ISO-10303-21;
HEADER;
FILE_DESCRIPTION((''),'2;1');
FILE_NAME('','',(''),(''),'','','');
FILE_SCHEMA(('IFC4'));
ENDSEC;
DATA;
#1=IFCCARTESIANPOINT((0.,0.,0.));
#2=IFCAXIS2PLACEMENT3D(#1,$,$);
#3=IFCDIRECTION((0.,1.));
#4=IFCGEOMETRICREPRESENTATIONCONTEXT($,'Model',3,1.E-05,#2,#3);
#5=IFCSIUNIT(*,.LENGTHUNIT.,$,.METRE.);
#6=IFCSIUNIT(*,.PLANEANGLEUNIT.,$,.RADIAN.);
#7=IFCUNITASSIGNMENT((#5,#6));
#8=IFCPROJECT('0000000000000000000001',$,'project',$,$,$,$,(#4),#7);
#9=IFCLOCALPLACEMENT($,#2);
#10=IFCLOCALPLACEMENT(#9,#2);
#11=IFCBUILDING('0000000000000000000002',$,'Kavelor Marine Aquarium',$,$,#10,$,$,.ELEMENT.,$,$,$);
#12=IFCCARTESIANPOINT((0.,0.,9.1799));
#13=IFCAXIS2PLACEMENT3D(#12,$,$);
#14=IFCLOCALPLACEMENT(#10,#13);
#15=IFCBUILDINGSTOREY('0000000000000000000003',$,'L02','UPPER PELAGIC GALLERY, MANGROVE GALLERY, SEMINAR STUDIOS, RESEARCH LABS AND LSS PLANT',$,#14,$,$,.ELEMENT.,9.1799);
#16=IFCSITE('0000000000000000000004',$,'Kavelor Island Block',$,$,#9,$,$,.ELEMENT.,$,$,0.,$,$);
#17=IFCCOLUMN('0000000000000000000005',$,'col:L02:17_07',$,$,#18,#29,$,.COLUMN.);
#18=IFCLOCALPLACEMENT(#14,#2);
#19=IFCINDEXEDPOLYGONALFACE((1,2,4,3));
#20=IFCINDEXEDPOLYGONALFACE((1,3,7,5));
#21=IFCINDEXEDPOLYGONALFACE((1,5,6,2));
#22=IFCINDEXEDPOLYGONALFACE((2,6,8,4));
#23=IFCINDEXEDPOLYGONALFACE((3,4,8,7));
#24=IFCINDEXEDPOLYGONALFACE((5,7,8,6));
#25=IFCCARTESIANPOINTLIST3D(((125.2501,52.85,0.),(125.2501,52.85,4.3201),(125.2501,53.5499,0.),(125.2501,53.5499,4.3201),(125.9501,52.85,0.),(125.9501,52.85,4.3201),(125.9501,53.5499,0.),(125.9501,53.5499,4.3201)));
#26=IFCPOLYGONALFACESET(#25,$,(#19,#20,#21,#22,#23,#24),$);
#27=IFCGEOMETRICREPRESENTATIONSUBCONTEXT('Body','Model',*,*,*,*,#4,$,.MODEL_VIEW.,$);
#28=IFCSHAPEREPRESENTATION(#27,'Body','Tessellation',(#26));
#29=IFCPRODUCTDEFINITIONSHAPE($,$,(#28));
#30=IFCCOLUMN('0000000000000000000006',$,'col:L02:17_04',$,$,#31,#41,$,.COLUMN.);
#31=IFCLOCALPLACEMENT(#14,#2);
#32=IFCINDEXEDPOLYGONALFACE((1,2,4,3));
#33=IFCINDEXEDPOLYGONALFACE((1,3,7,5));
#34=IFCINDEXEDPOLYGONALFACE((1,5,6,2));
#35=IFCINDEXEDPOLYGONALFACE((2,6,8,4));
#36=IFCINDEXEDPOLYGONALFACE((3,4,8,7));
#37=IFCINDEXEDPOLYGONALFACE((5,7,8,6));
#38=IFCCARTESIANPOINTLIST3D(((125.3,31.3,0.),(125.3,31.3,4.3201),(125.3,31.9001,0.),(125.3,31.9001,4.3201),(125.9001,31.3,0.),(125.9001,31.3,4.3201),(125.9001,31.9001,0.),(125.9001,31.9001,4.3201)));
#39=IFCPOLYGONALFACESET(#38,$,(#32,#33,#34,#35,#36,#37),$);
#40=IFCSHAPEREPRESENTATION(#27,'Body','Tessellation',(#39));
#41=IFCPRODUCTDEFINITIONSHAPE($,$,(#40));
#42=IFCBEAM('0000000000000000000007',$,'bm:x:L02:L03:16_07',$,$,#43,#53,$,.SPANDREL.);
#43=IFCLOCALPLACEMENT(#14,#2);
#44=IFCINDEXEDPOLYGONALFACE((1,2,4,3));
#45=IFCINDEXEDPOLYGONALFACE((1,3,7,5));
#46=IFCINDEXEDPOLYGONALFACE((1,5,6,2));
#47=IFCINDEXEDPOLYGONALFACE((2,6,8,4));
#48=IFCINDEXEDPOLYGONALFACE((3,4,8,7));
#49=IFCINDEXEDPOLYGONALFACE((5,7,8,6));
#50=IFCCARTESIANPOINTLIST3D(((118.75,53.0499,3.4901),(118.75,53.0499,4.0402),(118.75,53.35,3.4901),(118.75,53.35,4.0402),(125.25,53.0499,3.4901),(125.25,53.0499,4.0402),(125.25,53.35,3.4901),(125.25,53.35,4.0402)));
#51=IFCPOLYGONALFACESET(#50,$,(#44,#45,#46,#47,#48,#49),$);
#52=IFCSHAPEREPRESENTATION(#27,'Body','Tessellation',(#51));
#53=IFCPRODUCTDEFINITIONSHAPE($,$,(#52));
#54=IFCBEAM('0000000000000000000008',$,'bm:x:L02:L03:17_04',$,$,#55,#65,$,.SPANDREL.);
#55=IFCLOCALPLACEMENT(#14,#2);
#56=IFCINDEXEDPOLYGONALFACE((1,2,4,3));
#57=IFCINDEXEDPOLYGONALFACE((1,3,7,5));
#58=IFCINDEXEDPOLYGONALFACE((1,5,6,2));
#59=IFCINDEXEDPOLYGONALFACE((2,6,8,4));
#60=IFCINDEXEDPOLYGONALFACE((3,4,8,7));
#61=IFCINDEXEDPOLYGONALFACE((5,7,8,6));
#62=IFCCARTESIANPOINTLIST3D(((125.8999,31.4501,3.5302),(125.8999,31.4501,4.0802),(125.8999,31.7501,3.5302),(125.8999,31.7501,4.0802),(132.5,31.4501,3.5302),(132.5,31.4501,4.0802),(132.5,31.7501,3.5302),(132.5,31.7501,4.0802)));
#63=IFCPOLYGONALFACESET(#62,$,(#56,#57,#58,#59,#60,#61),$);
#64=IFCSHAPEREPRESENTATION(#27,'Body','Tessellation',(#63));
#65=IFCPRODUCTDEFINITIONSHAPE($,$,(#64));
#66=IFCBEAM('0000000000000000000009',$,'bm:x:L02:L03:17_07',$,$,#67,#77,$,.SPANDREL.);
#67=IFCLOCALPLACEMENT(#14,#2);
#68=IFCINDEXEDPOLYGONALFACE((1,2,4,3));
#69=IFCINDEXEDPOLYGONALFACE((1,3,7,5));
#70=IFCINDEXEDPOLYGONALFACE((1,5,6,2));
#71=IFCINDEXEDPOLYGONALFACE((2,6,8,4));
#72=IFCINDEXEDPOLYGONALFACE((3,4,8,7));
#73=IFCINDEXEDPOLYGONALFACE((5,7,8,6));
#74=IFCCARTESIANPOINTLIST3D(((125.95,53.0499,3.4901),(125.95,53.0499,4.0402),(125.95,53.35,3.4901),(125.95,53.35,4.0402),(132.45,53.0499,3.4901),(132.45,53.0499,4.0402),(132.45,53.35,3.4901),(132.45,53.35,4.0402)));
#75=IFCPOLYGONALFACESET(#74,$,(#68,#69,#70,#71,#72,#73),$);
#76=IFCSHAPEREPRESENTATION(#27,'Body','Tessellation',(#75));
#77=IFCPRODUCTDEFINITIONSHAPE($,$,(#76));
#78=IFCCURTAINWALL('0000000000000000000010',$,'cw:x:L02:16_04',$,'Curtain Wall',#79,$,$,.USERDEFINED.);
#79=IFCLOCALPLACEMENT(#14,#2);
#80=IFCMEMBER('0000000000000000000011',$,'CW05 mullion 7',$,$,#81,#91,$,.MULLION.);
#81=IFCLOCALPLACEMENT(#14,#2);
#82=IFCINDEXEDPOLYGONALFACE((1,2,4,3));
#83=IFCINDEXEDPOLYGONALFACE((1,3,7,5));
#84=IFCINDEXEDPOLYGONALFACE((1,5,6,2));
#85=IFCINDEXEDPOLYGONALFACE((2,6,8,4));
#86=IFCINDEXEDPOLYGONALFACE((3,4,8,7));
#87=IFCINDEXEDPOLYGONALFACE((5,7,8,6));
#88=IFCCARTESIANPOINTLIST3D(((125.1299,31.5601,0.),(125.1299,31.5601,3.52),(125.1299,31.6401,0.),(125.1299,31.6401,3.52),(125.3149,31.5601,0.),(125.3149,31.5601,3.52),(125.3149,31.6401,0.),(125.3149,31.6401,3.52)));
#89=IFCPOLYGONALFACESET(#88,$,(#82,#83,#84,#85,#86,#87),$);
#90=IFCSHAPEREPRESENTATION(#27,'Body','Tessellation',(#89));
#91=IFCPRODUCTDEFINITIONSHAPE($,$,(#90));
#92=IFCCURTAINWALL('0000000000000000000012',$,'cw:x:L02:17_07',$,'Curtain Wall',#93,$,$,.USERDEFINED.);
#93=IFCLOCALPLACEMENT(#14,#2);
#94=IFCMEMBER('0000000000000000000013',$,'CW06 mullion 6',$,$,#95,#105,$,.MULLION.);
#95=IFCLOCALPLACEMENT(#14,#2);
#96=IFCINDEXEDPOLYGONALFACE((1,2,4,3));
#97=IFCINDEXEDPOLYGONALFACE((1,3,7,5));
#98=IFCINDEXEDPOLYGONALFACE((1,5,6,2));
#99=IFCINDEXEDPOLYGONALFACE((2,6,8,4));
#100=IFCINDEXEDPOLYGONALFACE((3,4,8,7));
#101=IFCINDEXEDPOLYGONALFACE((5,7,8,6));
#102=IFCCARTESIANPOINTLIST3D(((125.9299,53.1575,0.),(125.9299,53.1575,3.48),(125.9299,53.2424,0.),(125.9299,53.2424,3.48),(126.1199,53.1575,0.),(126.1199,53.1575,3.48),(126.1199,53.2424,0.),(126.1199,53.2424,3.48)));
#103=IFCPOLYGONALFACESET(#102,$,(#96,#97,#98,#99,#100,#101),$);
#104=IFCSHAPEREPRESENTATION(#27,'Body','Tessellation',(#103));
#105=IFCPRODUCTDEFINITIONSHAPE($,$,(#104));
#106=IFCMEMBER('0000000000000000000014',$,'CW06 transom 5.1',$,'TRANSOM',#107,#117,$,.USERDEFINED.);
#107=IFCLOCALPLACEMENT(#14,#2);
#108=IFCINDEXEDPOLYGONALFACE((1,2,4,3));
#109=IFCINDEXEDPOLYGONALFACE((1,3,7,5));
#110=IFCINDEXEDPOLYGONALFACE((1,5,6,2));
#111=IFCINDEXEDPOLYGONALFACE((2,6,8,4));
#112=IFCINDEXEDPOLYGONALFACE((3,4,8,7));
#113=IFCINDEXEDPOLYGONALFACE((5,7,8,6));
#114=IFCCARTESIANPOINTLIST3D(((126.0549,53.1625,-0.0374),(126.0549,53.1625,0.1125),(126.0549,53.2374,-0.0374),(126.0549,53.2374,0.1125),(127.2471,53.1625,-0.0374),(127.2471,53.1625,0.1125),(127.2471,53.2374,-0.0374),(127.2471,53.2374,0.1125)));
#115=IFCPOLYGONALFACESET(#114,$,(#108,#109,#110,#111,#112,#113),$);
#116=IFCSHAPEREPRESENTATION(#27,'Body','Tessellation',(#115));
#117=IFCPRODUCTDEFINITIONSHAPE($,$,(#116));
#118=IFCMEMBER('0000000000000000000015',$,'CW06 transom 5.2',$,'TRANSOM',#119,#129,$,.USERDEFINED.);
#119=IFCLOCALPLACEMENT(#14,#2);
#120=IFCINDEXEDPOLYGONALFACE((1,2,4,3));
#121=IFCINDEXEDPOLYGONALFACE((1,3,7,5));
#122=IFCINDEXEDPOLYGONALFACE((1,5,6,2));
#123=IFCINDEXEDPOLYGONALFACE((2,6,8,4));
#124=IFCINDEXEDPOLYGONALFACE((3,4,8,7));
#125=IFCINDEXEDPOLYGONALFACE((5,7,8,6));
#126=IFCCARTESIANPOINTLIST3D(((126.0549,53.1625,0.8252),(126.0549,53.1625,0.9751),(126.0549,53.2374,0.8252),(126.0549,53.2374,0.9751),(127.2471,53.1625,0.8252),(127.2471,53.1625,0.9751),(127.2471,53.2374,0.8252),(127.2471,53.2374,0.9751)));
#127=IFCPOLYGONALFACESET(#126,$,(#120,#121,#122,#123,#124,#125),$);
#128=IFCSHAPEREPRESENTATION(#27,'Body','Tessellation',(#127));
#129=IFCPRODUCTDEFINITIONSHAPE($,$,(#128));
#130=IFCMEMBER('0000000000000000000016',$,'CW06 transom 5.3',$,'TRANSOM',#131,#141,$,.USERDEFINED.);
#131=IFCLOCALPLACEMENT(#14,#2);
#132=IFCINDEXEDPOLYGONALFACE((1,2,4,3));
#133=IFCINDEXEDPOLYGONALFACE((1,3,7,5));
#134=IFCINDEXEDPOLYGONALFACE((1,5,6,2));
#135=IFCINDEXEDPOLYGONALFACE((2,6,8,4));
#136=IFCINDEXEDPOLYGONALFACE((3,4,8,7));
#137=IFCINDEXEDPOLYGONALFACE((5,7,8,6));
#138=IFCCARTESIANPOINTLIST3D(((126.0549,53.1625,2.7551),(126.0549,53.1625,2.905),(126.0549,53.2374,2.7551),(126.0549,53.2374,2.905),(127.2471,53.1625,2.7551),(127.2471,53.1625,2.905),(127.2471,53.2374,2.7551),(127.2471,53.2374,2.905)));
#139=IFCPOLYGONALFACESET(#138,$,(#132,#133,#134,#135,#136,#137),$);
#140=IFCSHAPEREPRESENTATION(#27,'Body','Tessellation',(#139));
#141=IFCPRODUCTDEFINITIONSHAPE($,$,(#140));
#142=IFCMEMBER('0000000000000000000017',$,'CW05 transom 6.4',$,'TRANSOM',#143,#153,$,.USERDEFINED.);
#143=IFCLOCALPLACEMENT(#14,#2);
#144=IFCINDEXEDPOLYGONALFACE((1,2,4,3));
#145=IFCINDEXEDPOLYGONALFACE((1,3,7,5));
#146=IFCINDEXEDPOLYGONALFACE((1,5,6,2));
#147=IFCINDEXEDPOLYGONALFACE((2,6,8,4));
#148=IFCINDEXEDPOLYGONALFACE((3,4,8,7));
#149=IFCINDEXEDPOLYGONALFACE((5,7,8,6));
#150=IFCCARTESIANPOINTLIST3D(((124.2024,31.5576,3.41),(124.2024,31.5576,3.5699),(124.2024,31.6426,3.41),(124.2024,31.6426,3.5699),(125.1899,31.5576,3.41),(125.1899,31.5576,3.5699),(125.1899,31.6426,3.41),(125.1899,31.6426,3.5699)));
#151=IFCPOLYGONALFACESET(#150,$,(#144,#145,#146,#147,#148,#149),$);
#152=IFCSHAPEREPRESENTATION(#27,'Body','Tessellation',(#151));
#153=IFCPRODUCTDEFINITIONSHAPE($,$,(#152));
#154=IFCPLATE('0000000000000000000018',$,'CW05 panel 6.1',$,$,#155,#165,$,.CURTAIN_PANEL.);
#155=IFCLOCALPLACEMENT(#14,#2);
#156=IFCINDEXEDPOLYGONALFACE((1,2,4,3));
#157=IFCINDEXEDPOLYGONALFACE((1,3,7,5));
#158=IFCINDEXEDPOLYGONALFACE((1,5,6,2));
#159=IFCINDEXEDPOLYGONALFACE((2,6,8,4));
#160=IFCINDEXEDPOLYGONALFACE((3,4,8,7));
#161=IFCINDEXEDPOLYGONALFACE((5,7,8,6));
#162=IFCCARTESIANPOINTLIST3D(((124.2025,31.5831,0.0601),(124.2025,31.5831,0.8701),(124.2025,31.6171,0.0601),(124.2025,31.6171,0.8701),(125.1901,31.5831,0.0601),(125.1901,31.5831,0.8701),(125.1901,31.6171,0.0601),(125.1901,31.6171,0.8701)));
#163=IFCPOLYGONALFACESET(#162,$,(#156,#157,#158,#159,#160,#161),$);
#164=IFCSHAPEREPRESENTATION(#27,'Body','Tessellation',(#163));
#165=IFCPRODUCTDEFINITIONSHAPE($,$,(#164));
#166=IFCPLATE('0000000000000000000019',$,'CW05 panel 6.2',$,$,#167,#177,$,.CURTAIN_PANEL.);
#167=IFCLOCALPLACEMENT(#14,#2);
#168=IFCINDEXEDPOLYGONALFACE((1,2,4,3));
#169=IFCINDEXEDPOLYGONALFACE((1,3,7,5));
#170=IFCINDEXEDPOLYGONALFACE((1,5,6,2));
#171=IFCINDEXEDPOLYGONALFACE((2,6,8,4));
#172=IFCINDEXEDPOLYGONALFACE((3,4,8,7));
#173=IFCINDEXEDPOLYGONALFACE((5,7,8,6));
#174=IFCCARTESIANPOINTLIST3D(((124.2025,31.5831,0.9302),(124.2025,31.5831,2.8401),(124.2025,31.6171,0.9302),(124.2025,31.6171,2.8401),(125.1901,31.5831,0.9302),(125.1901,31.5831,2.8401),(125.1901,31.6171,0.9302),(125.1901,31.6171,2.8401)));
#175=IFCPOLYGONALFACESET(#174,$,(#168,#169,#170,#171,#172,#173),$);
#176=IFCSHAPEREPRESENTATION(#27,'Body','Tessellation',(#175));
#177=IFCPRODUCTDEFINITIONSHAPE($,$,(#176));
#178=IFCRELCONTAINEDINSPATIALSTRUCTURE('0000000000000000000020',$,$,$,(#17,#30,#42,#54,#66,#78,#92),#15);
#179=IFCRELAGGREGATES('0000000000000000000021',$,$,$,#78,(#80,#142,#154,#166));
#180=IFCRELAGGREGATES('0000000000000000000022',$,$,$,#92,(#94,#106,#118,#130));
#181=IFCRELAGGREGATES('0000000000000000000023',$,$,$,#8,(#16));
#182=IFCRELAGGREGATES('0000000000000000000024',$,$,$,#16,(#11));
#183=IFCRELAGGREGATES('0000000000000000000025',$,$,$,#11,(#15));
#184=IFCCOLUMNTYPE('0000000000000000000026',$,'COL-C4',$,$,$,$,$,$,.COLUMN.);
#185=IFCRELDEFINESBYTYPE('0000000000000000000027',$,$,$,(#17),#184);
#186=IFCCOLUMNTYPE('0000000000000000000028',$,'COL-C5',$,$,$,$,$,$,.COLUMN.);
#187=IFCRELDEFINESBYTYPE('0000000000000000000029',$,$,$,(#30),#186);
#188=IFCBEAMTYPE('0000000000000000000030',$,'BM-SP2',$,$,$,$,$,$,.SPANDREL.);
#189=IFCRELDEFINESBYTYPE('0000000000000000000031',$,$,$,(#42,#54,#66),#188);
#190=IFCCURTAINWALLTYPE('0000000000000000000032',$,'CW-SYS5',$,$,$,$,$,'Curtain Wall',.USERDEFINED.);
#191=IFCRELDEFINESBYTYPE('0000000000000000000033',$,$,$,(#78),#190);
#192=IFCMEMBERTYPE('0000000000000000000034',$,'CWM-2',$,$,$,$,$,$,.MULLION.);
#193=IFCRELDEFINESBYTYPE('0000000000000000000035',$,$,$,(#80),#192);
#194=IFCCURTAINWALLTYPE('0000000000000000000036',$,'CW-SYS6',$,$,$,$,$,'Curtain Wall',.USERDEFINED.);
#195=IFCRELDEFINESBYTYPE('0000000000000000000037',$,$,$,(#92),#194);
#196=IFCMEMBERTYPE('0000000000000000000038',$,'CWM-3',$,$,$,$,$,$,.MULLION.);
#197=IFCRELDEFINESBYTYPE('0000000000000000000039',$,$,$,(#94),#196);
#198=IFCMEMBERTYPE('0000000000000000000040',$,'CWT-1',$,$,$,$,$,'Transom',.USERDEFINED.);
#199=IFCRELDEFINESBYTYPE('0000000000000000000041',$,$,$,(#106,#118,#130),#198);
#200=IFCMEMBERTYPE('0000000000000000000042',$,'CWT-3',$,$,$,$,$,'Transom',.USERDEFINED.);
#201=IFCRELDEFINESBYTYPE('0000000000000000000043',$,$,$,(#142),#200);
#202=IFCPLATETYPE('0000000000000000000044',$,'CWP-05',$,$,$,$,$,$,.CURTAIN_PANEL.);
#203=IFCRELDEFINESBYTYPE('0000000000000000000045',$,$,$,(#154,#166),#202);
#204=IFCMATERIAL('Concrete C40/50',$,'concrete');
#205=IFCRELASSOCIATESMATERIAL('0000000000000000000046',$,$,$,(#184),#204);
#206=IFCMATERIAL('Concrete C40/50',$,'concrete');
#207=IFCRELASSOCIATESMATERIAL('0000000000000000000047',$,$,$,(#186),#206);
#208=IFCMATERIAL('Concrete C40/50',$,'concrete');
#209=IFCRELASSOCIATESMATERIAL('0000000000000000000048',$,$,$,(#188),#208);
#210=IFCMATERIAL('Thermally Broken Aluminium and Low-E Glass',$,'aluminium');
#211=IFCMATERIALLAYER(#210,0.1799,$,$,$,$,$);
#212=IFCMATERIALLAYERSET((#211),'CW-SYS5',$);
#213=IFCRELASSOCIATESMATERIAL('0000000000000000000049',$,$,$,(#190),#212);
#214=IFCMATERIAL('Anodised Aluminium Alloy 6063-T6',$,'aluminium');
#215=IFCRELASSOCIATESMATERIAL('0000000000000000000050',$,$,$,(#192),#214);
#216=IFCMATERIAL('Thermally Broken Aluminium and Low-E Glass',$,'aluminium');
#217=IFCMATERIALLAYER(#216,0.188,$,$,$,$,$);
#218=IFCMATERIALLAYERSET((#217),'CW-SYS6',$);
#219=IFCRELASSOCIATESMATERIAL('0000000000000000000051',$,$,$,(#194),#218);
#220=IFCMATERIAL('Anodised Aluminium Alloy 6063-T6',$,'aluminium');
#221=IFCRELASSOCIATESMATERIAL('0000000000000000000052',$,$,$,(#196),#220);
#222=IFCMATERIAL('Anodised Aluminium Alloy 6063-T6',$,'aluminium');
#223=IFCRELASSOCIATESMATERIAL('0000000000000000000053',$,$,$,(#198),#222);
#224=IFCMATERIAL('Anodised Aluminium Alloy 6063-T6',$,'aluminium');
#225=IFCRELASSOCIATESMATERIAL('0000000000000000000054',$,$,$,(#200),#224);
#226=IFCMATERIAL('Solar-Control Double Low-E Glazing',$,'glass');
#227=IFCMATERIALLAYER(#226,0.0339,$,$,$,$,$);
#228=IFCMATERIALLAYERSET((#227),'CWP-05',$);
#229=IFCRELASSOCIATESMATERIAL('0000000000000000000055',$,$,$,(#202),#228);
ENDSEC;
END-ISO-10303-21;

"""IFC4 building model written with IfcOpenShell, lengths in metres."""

from ifc_helpers import new_model, si_unit, direction, frame, origin, origin_2d, place, context, subcontext, project, spatial, rectangle, extrude, material, layer, layer_set, material_profile, profile_set, type_object, element, aggregate, save


model = new_model("IFC4")

# Units and contexts
model_context = context("Model", 3, precision=1e-05, world=origin(), true_north=direction((0.0, 1.0)))
body_context = subcontext(model_context, "Body", "Model", "MODEL_VIEW")
ifc_project = project(units=[si_unit("LENGTHUNIT", "METRE"), si_unit("PLANEANGLEUNIT", "RADIAN")], contexts=[model_context])

# Site, building, storey
site_placement = place(None, origin())
site = spatial("IfcSite", under=ifc_project, at=site_placement, Name="Kavelor Island Block", CompositionType="ELEMENT", RefElevation=0.0)
building_placement = place(site_placement, origin())
building = spatial("IfcBuilding", under=site, at=building_placement, Name="Kavelor Marine Aquarium", CompositionType="ELEMENT")
storey_placement = place(building_placement, frame((0.0, 0.0, 9.1799)))
storey = spatial("IfcBuildingStorey", under=building, at=storey_placement, Name="L02", Description="UPPER PELAGIC GALLERY, MANGROVE GALLERY, SEMINAR STUDIOS, RESEARCH LABS AND LSS PLANT", CompositionType="ELEMENT", Elevation=9.1799)

# Columns
ifc_material_1 = material(Name="Concrete C40/50", Category="concrete")
ifc_material_profile_1 = material_profile(ifc_material_1, rectangle(XDim=0.7, YDim=0.7, at=origin_2d()), Name="RC-COL 700x700")
ifc_profile_set_1 = profile_set([ifc_material_profile_1], Name="Concrete C40/50")
column_type_1 = type_object("IfcColumnType", Name="COL-C4", PredefinedType="COLUMN", material=ifc_profile_set_1)
column_1_placement = place(storey_placement, frame((125.6001, 53.2, 0.0), z_axis=(0.0, 0.0, 1.0), x_axis=(1.0, 0.0, 0.0)))
element("IfcColumn", 1, at=column_1_placement, inside=storey, type_object=column_type_1, Name="col:L02:17_07", PredefinedType="COLUMN", context=body_context, shape_type="SweptSolid", body=[
    extrude(rectangle(XDim=0.7, YDim=0.7, at=origin_2d()), origin(), (0.0, 0.0, 1.0), 4.3201),
])
ifc_material_2 = material(Name="Concrete C40/50", Category="concrete")
ifc_material_profile_2 = material_profile(ifc_material_2, rectangle(XDim=0.6001, YDim=0.6001, at=origin_2d()), Name="RC-COL 600x600")
ifc_profile_set_2 = profile_set([ifc_material_profile_2], Name="Concrete C40/50")
column_type_2 = type_object("IfcColumnType", Name="COL-C5", PredefinedType="COLUMN", material=ifc_profile_set_2)
column_2_placement = place(storey_placement, frame((125.6001, 31.6001, 0.0), z_axis=(0.0, 0.0, 1.0), x_axis=(1.0, 0.0, 0.0)))
element("IfcColumn", 2, at=column_2_placement, inside=storey, type_object=column_type_2, Name="col:L02:17_04", PredefinedType="COLUMN", context=body_context, shape_type="SweptSolid", body=[
    extrude(rectangle(XDim=0.6001, YDim=0.6001, at=origin_2d()), origin(), (0.0, 0.0, 1.0), 4.3201),
])

# Beams
ifc_material_3 = material(Name="Concrete C40/50", Category="concrete")
ifc_material_profile_3 = material_profile(ifc_material_3, rectangle(XDim=0.3, YDim=0.55, at=origin_2d()), Name="RC-SP 300x550")
ifc_profile_set_3 = profile_set([ifc_material_profile_3], Name="Concrete C40/50")
beam_type = type_object("IfcBeamType", Name="BM-SP2", PredefinedType="SPANDREL", material=ifc_profile_set_3)
beam_1_placement = place(storey_placement, frame((118.75, 53.2, 3.7651), z_axis=(1.0, 0.0, 0.0), x_axis=(0.0, 1.0, 0.0)))
element("IfcBeam", 3, at=beam_1_placement, inside=storey, type_object=beam_type, Name="bm:x:L02:L03:16_07", PredefinedType="SPANDREL", context=body_context, shape_type="SweptSolid", body=[
    extrude(rectangle(XDim=0.3, YDim=0.55, at=origin_2d()), origin(), (0.0, 0.0, 1.0), 6.5),
])
beam_2_placement = place(storey_placement, frame((125.8999, 31.6001, 3.8052), z_axis=(1.0, 0.0, 0.0), x_axis=(0.0, 1.0, 0.0)))
element("IfcBeam", 4, at=beam_2_placement, inside=storey, type_object=beam_type, Name="bm:x:L02:L03:17_04", PredefinedType="SPANDREL", context=body_context, shape_type="SweptSolid", body=[
    extrude(rectangle(XDim=0.3, YDim=0.55, at=origin_2d()), origin(), (0.0, 0.0, 1.0), 6.6001),
])
beam_3_placement = place(storey_placement, frame((125.95, 53.2, 3.7651), z_axis=(1.0, 0.0, 0.0), x_axis=(0.0, 1.0, 0.0)))
element("IfcBeam", 5, at=beam_3_placement, inside=storey, type_object=beam_type, Name="bm:x:L02:L03:17_07", PredefinedType="SPANDREL", context=body_context, shape_type="SweptSolid", body=[
    extrude(rectangle(XDim=0.3, YDim=0.55, at=origin_2d()), origin(), (0.0, 0.0, 1.0), 6.5),
])

# Curtain wall, member
ifc_material_4 = material(Name="Thermally Broken Aluminium and Low-E Glass", Category="aluminium")
ifc_layer_1 = layer(ifc_material_4, 0.1799)
ifc_layer_set_1 = layer_set([ifc_layer_1], Name="CW-SYS5")
curtain_wall_type_1 = type_object("IfcCurtainWallType", Name="CW-SYS5", ElementType="Curtain Wall", PredefinedType="USERDEFINED", material=ifc_layer_set_1)
curtain_wall_1_placement = place(storey_placement, origin())
curtain_wall_1 = element("IfcCurtainWall", 6, at=curtain_wall_1_placement, inside=storey, type_object=curtain_wall_type_1, Name="cw:x:L02:16_04", ObjectType="Curtain Wall", PredefinedType="USERDEFINED")
ifc_material_5 = material(Name="Anodised Aluminium Alloy 6063-T6", Category="aluminium")
ifc_material_profile_4 = material_profile(ifc_material_5, rectangle(XDim=0.0801, YDim=0.1851, at=origin_2d()), Name="CW-MUL 80x185")
ifc_profile_set_4 = profile_set([ifc_material_profile_4], Name="Anodised Aluminium Alloy 6063-T6")
member_type_1 = type_object("IfcMemberType", Name="CWM-2", PredefinedType="MULLION", material=ifc_profile_set_4)
member_1_placement = place(storey_placement, frame((125.2224, 31.6001, 0.0), z_axis=(0.0, 0.0, 1.0), x_axis=(0.0, 1.0, 0.0)))
member_1 = element("IfcMember", 7, at=member_1_placement, type_object=member_type_1, Name="CW05 mullion 7", PredefinedType="MULLION", context=body_context, shape_type="SweptSolid", body=[
    extrude(rectangle(XDim=0.0801, YDim=0.1851, at=origin_2d()), origin(), (0.0, 0.0, 1.0), 3.52),
])

# Curtain wall, members
ifc_material_6 = material(Name="Thermally Broken Aluminium and Low-E Glass", Category="aluminium")
ifc_layer_2 = layer(ifc_material_6, 0.188)
ifc_layer_set_2 = layer_set([ifc_layer_2], Name="CW-SYS6")
curtain_wall_type_2 = type_object("IfcCurtainWallType", Name="CW-SYS6", ElementType="Curtain Wall", PredefinedType="USERDEFINED", material=ifc_layer_set_2)
curtain_wall_2_placement = place(storey_placement, origin())
curtain_wall_2 = element("IfcCurtainWall", 8, at=curtain_wall_2_placement, inside=storey, type_object=curtain_wall_type_2, Name="cw:x:L02:17_07", ObjectType="Curtain Wall", PredefinedType="USERDEFINED")
ifc_material_7 = material(Name="Anodised Aluminium Alloy 6063-T6", Category="aluminium")
ifc_material_profile_5 = material_profile(ifc_material_7, rectangle(XDim=0.085, YDim=0.1899, at=origin_2d()), Name="CW-MUL 85x190")
ifc_profile_set_5 = profile_set([ifc_material_profile_5], Name="Anodised Aluminium Alloy 6063-T6")
member_type_2 = type_object("IfcMemberType", Name="CWM-3", PredefinedType="MULLION", material=ifc_profile_set_5)
member_2_placement = place(storey_placement, frame((126.0249, 53.2, 0.0), z_axis=(0.0, 0.0, 1.0), x_axis=(0.0, -1.0, 0.0)))
member_2 = element("IfcMember", 9, at=member_2_placement, type_object=member_type_2, Name="CW06 mullion 6", PredefinedType="MULLION", context=body_context, shape_type="SweptSolid", body=[
    extrude(rectangle(XDim=0.085, YDim=0.1899, at=origin_2d()), origin(), (0.0, 0.0, 1.0), 3.48),
])
ifc_material_8 = material(Name="Anodised Aluminium Alloy 6063-T6", Category="aluminium")
ifc_material_profile_6 = material_profile(ifc_material_8, rectangle(XDim=0.075, YDim=0.1499, at=origin_2d()), Name="CW-TRN 75x150")
ifc_profile_set_6 = profile_set([ifc_material_profile_6], Name="Anodised Aluminium Alloy 6063-T6")
member_type_3 = type_object("IfcMemberType", Name="CWT-1", ElementType="Transom", PredefinedType="USERDEFINED", material=ifc_profile_set_6)
member_3_placement = place(storey_placement, frame((127.2471, 53.2, 0.0376), z_axis=(-1.0, 0.0, 0.0), x_axis=(0.0, -1.0, 0.0)))
member_3 = element("IfcMember", 10, at=member_3_placement, type_object=member_type_3, Name="CW06 transom 5.1", ObjectType="TRANSOM", PredefinedType="USERDEFINED", context=body_context, shape_type="SweptSolid", body=[
    extrude(rectangle(XDim=0.075, YDim=0.1499, at=origin_2d()), origin(), (0.0, 0.0, 1.0), 1.1921),
])
member_4_placement = place(storey_placement, frame((127.2471, 53.2, 0.9001), z_axis=(-1.0, 0.0, 0.0), x_axis=(0.0, -1.0, 0.0)))
member_4 = element("IfcMember", 11, at=member_4_placement, type_object=member_type_3, Name="CW06 transom 5.2", ObjectType="TRANSOM", PredefinedType="USERDEFINED", context=body_context, shape_type="SweptSolid", body=[
    extrude(rectangle(XDim=0.075, YDim=0.1499, at=origin_2d()), origin(), (0.0, 0.0, 1.0), 1.1921),
])
member_5_placement = place(storey_placement, frame((127.2471, 53.2, 2.8301), z_axis=(-1.0, 0.0, 0.0), x_axis=(0.0, -1.0, 0.0)))
member_5 = element("IfcMember", 12, at=member_5_placement, type_object=member_type_3, Name="CW06 transom 5.3", ObjectType="TRANSOM", PredefinedType="USERDEFINED", context=body_context, shape_type="SweptSolid", body=[
    extrude(rectangle(XDim=0.075, YDim=0.1499, at=origin_2d()), origin(), (0.0, 0.0, 1.0), 1.1921),
])

# Member
ifc_material_9 = material(Name="Anodised Aluminium Alloy 6063-T6", Category="aluminium")
ifc_material_profile_7 = material_profile(ifc_material_9, rectangle(XDim=0.085, YDim=0.1599, at=origin_2d()), Name="CW-TRN 85x160")
ifc_profile_set_7 = profile_set([ifc_material_profile_7], Name="Anodised Aluminium Alloy 6063-T6")
member_type_4 = type_object("IfcMemberType", Name="CWT-3", ElementType="Transom", PredefinedType="USERDEFINED", material=ifc_profile_set_7)
member_6_placement = place(storey_placement, frame((124.2024, 31.6001, 3.49), z_axis=(1.0, 0.0, 0.0), x_axis=(0.0, 1.0, 0.0)))
member_6 = element("IfcMember", 13, at=member_6_placement, type_object=member_type_4, Name="CW05 transom 6.4", ObjectType="TRANSOM", PredefinedType="USERDEFINED", context=body_context, shape_type="SweptSolid", body=[
    extrude(rectangle(XDim=0.085, YDim=0.1599, at=origin_2d()), origin(), (0.0, 0.0, 1.0), 0.9875),
])

# Plates
ifc_material_10 = material(Name="Solar-Control Double Low-E Glazing", Category="glass")
ifc_layer_3 = layer(ifc_material_10, 0.0339)
ifc_layer_set_3 = layer_set([ifc_layer_3], Name="CWP-05")
plate_type_1 = type_object("IfcPlateType", Name="CWP-05", PredefinedType="CURTAIN_PANEL", material=ifc_layer_set_3)
plate_1_placement = place(storey_placement, frame((124.6963, 31.6001, 0.0601), z_axis=(0.0, 0.0, 1.0), x_axis=(1.0, 0.0, 0.0)))
plate_1 = element("IfcPlate", 14, at=plate_1_placement, type_object=plate_type_1, Name="CW05 panel 6.1", PredefinedType="CURTAIN_PANEL", context=body_context, shape_type="SweptSolid", body=[
    extrude(rectangle(XDim=0.9875, YDim=0.0339, at=origin_2d()), origin(), (0.0, 0.0, 1.0), 0.8101),
])
plate_2_placement = place(storey_placement, frame((124.6963, 31.6001, 0.9302), z_axis=(0.0, 0.0, 1.0), x_axis=(1.0, 0.0, 0.0)))
plate_2 = element("IfcPlate", 15, at=plate_2_placement, type_object=plate_type_1, Name="CW05 panel 6.2", PredefinedType="CURTAIN_PANEL", context=body_context, shape_type="SweptSolid", body=[
    extrude(rectangle(XDim=0.9875, YDim=0.0339, at=origin_2d()), origin(), (0.0, 0.0, 1.0), 1.9099),
])
aggregate(curtain_wall_1, [member_1, member_6, plate_1, plate_2])
aggregate(curtain_wall_2, [member_2, member_3, member_4, member_5])

save(model, "model.ifc")
